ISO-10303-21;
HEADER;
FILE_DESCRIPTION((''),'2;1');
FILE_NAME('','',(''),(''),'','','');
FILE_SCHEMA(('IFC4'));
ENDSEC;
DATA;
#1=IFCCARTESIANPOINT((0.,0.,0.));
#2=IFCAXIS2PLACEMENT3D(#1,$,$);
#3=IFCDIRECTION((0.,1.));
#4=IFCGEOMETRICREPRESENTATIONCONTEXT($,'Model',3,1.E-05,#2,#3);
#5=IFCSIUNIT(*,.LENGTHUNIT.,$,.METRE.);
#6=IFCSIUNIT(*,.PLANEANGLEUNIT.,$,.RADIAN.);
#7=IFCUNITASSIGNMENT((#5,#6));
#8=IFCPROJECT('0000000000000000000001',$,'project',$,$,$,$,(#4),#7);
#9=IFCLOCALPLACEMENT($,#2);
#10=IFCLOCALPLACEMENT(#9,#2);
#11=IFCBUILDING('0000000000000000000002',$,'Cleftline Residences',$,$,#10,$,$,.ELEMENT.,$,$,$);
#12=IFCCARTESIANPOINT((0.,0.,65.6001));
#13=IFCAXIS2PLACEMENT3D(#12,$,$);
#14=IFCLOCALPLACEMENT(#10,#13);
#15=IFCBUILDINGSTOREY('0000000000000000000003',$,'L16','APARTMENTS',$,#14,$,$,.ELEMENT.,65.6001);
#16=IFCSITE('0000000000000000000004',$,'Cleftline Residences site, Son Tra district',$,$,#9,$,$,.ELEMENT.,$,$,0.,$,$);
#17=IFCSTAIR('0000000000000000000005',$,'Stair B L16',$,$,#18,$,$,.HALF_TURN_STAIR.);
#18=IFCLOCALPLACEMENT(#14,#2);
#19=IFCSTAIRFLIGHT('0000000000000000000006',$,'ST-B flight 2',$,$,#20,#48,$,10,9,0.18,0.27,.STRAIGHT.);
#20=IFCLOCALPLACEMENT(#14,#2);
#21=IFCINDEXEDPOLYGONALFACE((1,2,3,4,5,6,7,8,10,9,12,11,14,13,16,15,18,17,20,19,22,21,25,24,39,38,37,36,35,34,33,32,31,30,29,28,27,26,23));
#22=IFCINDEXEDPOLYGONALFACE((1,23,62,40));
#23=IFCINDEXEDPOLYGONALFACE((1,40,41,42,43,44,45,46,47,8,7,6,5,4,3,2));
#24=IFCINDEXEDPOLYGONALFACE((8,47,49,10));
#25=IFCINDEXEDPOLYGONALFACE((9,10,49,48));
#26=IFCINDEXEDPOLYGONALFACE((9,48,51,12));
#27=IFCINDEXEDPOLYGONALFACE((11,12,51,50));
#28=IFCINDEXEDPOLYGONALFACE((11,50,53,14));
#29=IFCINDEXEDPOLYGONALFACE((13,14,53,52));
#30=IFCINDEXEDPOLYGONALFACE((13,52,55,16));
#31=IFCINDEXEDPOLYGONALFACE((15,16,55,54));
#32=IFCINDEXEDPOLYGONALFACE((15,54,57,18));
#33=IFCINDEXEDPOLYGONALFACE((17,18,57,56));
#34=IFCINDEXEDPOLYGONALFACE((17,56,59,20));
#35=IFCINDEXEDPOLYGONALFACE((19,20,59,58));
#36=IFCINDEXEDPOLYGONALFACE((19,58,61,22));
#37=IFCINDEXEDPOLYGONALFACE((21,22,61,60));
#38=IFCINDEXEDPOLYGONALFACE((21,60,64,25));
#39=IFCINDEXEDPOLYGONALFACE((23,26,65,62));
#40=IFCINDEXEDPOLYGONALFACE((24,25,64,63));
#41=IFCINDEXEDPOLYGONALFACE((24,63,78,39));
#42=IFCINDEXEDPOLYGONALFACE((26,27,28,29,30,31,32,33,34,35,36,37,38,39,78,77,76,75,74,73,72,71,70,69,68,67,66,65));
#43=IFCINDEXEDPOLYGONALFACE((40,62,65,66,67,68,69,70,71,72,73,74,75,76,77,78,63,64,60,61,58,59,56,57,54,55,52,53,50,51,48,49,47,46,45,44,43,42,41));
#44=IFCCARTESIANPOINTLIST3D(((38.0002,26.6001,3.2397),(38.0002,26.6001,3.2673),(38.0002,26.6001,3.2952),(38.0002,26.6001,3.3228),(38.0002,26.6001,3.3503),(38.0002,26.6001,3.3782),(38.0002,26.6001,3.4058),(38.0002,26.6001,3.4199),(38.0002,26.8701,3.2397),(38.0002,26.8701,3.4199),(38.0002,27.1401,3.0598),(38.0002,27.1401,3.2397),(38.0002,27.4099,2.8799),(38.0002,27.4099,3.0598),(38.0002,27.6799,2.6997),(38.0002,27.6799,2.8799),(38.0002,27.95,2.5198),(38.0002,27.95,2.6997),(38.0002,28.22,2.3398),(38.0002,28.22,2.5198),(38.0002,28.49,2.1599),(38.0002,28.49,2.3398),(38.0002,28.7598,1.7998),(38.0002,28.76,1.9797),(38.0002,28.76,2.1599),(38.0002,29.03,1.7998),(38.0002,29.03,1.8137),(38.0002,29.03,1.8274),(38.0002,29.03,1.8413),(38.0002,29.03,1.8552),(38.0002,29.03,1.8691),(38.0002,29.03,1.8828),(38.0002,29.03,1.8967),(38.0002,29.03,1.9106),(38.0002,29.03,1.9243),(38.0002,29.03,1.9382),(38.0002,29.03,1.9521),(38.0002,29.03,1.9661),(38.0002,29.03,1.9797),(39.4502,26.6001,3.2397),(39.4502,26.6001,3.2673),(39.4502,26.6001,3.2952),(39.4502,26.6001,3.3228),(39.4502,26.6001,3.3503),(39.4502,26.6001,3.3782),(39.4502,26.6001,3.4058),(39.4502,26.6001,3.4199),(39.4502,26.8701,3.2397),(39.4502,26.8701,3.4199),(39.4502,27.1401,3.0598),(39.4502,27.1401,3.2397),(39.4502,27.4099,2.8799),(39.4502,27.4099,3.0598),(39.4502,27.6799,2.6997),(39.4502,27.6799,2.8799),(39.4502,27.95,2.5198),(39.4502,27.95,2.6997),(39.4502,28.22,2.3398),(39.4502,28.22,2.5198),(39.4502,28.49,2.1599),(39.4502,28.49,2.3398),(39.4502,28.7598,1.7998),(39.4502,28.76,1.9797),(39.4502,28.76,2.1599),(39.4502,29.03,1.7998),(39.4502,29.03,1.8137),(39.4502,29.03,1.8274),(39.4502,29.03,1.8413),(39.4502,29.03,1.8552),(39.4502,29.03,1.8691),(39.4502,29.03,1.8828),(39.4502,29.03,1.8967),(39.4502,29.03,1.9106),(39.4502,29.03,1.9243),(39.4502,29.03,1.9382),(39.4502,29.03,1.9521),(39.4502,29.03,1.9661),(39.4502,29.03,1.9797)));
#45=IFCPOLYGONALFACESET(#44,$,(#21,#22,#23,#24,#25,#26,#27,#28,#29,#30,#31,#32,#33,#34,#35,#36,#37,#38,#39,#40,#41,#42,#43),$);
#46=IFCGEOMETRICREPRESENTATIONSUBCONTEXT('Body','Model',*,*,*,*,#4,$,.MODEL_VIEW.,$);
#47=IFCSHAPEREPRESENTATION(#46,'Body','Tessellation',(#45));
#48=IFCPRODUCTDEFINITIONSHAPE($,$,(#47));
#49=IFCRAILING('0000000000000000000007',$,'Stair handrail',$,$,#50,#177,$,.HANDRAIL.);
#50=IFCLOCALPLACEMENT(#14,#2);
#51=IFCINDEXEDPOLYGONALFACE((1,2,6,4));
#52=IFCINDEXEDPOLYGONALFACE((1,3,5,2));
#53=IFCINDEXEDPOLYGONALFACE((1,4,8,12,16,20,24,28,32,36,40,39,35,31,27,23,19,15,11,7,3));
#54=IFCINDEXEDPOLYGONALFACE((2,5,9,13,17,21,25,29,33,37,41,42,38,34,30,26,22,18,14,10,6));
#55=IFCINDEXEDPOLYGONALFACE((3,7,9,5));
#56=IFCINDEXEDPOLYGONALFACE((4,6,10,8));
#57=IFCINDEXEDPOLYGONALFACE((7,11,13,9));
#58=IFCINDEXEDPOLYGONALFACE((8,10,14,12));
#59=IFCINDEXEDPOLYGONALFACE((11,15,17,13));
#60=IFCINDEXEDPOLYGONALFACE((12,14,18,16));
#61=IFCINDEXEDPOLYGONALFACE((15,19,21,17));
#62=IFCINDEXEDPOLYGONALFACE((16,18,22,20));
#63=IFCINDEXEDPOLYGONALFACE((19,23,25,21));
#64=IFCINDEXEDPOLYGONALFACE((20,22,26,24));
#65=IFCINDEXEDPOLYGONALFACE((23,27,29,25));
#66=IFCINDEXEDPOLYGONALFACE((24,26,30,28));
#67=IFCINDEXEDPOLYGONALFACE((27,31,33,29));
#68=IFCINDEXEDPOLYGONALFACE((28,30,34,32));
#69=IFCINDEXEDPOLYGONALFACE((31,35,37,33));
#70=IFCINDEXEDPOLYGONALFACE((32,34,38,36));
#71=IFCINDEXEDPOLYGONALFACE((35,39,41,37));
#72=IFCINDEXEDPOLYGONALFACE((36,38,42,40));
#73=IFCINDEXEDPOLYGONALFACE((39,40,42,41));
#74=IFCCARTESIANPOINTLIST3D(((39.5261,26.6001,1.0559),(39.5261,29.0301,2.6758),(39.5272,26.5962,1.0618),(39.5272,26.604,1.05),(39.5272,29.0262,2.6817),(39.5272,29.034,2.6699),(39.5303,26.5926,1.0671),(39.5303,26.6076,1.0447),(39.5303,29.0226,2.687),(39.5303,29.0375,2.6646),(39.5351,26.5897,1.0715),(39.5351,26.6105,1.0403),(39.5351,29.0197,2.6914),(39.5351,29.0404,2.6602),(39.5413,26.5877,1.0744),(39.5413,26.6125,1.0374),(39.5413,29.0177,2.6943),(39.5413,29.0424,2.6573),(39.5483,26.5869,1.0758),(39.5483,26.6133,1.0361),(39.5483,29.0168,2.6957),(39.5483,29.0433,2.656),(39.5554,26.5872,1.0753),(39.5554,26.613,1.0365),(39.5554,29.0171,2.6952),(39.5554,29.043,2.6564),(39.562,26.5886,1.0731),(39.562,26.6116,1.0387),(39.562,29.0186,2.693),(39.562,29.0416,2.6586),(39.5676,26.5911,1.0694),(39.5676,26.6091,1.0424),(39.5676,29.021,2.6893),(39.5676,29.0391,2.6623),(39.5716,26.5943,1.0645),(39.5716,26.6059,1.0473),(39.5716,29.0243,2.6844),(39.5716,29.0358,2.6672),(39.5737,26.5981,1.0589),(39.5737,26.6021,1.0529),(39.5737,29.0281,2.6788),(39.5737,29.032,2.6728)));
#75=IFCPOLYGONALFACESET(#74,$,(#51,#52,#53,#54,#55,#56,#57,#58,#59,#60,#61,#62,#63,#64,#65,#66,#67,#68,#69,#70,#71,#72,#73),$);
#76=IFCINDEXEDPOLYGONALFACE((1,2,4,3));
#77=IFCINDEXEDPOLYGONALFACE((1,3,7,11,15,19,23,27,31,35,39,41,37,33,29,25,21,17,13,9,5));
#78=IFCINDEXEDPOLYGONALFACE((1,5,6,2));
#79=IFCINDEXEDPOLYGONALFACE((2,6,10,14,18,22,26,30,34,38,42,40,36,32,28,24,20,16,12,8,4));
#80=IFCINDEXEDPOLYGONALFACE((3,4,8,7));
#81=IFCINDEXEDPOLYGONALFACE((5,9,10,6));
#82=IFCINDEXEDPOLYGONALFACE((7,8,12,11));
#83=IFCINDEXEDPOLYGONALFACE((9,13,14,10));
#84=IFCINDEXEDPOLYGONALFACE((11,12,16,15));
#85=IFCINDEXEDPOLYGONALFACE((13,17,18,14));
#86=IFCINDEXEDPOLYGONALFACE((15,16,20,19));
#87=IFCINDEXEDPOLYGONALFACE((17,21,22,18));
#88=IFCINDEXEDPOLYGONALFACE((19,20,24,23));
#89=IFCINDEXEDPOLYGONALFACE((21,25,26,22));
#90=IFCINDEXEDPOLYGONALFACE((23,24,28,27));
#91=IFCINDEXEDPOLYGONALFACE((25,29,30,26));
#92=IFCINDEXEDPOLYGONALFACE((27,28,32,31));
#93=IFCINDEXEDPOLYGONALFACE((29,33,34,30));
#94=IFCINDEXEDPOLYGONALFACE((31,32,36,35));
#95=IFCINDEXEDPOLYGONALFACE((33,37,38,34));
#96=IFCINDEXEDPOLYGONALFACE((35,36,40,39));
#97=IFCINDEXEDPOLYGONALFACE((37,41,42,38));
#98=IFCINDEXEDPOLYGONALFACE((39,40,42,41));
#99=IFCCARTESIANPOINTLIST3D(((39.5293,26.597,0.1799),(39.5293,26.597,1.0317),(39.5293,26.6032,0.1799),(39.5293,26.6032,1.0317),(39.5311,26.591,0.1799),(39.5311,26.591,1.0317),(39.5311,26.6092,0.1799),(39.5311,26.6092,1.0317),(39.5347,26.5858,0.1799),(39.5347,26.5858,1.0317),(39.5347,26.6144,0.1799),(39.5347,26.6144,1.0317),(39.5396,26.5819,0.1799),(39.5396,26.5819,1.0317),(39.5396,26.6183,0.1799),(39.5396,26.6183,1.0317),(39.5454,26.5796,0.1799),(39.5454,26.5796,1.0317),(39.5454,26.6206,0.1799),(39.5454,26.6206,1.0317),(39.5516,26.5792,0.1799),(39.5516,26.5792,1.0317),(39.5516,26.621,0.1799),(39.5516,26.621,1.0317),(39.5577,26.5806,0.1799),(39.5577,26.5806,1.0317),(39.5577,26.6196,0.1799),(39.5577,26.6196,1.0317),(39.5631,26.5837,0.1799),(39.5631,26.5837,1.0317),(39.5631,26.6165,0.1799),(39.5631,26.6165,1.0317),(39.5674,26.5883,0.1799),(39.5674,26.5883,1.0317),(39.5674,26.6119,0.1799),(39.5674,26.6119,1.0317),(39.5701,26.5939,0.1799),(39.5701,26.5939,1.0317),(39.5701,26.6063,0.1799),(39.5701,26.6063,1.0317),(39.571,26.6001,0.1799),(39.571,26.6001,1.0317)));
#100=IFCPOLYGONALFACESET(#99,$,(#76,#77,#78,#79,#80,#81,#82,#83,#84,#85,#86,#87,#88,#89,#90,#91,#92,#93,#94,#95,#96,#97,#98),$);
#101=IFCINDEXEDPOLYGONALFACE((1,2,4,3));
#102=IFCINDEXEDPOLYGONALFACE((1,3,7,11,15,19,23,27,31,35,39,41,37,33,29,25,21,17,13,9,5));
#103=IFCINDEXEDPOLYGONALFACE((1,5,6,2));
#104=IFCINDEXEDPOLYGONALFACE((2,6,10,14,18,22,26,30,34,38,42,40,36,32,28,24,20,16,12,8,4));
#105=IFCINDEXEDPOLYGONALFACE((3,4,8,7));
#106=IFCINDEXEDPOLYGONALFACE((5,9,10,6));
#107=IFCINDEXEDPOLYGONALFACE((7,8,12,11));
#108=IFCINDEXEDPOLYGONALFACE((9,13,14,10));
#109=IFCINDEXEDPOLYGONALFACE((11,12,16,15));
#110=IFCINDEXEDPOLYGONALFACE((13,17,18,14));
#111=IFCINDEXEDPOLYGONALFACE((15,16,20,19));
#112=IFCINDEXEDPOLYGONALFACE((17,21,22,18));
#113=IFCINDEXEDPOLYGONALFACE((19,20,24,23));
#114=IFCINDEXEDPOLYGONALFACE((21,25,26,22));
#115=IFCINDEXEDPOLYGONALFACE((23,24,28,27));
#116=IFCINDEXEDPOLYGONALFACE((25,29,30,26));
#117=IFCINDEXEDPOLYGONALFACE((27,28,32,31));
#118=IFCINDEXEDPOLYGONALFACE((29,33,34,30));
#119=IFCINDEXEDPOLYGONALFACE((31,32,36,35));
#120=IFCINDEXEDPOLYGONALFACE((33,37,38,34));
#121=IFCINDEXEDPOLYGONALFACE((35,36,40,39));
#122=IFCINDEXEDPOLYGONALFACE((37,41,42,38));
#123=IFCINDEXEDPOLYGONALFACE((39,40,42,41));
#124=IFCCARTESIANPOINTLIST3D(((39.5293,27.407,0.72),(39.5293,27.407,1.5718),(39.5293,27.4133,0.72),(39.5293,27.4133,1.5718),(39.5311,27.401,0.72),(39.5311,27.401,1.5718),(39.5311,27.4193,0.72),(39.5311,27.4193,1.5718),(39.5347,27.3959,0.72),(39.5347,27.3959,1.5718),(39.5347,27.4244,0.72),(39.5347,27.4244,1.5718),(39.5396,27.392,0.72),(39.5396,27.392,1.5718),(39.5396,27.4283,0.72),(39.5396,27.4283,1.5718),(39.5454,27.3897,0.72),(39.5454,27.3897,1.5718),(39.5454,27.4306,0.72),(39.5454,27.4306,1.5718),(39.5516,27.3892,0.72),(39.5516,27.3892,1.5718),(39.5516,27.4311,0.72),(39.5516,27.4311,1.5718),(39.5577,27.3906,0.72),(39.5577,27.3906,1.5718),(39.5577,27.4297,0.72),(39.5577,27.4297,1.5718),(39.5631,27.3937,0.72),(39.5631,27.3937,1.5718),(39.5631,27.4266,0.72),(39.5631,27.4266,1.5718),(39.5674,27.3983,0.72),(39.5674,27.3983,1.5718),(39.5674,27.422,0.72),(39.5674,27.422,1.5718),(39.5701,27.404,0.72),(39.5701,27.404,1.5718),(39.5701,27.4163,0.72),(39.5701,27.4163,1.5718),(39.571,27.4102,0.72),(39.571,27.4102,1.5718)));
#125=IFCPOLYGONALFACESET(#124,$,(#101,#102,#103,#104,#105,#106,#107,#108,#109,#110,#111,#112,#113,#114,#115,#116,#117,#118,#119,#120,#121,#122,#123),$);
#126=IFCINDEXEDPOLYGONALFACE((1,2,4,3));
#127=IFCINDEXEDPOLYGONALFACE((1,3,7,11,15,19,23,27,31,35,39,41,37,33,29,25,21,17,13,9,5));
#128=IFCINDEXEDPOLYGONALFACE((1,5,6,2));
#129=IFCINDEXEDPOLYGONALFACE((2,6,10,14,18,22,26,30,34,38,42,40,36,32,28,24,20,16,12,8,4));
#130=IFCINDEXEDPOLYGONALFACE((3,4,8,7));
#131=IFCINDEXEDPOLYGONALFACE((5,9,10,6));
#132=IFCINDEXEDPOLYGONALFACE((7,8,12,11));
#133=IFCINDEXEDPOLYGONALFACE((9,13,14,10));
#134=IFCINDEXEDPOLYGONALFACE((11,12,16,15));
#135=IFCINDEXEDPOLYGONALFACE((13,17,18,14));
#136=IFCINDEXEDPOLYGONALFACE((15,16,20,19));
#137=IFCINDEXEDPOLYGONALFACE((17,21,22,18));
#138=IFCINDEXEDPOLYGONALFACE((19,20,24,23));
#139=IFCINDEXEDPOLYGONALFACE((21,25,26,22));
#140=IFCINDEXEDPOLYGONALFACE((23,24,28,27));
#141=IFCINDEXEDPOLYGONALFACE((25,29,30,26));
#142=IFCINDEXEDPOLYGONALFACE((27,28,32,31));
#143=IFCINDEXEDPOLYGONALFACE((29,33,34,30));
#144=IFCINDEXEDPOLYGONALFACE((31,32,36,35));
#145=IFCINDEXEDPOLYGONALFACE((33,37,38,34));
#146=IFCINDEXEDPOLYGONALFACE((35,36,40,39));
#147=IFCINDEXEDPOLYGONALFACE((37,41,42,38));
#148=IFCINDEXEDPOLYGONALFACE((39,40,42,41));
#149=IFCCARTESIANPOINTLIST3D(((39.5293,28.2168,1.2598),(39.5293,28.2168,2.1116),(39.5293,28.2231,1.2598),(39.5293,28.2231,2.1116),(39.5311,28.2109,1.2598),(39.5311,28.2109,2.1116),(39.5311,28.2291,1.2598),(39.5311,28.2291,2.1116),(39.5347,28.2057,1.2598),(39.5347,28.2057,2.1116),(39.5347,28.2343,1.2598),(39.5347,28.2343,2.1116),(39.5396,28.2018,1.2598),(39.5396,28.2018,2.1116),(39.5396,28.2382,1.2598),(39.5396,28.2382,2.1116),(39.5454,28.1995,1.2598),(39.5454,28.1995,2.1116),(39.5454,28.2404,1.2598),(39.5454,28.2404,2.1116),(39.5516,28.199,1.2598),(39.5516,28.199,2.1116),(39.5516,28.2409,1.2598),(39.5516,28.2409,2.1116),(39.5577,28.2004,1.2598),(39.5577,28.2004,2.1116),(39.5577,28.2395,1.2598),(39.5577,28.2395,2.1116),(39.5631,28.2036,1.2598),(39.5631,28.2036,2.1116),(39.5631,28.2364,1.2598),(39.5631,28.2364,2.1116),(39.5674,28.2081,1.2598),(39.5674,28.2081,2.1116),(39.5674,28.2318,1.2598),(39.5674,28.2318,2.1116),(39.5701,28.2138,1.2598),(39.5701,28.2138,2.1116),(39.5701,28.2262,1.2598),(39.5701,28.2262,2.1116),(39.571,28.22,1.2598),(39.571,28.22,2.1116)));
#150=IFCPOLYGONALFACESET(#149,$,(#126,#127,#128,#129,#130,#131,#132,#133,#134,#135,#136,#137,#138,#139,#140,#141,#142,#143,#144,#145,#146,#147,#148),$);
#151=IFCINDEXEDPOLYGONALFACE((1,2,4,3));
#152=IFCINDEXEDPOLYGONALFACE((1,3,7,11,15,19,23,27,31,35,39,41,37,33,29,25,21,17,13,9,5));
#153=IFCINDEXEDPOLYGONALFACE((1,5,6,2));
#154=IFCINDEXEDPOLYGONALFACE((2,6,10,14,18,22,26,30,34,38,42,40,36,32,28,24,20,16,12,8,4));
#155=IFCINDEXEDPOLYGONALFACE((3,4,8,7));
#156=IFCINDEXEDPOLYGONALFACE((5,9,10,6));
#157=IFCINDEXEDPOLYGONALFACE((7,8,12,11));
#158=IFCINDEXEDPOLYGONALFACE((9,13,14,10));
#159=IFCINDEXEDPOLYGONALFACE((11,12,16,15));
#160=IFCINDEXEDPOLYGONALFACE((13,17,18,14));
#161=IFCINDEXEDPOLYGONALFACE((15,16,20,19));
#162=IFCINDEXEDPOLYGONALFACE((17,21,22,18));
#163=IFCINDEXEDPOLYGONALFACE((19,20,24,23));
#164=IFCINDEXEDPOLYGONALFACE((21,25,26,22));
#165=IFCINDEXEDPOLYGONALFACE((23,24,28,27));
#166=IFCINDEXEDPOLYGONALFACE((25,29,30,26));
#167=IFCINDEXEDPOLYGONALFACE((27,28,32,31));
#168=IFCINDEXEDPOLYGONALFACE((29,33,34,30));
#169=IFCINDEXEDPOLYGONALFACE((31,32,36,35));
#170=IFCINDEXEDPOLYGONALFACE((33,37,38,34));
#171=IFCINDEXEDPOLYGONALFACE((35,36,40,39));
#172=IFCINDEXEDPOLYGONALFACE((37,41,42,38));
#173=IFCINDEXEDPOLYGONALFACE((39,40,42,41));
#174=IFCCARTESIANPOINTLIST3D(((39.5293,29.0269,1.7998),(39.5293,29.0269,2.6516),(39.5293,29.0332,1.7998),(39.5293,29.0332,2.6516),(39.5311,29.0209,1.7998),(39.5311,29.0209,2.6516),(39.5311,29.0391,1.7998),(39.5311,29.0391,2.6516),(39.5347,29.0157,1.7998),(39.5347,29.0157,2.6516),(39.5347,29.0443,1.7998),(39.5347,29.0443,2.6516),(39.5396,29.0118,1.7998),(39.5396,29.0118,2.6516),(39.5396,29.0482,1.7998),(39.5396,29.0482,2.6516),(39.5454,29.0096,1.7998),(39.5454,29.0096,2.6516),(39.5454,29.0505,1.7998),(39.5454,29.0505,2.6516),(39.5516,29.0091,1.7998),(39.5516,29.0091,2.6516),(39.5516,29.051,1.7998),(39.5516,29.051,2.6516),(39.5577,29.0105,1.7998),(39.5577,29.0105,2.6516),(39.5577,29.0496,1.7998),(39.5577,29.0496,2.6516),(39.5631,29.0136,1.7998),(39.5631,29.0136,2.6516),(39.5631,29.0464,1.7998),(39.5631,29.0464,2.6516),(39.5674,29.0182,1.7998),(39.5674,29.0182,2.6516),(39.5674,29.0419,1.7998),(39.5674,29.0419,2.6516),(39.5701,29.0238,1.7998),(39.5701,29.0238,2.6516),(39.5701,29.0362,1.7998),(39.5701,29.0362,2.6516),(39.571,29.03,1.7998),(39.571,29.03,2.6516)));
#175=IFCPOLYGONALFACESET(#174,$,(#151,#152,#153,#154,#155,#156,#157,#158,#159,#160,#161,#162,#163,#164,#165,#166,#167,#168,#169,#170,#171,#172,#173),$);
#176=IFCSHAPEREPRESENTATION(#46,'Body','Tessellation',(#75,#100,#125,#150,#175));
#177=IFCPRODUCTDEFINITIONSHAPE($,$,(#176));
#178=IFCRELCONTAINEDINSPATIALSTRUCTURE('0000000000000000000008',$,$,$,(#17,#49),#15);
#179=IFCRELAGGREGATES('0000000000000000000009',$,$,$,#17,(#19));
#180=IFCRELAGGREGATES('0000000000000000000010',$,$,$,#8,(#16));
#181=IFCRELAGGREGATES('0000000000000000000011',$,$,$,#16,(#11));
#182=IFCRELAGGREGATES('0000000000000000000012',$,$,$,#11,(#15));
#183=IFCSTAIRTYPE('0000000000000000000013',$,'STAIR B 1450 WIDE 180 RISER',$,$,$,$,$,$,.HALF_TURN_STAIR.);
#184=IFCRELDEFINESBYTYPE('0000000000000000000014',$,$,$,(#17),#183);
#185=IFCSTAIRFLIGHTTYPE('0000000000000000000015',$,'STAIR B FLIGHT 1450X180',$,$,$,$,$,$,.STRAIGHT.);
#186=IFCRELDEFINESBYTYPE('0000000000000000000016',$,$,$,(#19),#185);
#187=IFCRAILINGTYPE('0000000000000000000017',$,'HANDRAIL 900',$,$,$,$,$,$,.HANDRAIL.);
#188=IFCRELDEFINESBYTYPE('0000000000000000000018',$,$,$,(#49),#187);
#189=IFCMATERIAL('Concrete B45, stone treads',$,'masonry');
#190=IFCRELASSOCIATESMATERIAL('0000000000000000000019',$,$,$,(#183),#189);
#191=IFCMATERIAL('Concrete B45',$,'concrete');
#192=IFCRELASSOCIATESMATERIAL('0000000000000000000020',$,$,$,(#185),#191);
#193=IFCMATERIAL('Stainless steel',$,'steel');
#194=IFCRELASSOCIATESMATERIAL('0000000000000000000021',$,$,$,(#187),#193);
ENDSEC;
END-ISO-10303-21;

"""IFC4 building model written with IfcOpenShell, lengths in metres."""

from ifc_helpers import new_model, si_unit, direction, frame, origin, origin_2d, place, context, subcontext, project, spatial, polyline, circle, outline, extrude, material, type_object, element, aggregate, save


model = new_model("IFC4")

# Units and contexts
model_context = context("Model", 3, precision=1e-05, world=origin(), true_north=direction((0.0, 1.0)))
body_context = subcontext(model_context, "Body", "Model", "MODEL_VIEW")
ifc_project = project(units=[si_unit("LENGTHUNIT", "METRE"), si_unit("PLANEANGLEUNIT", "RADIAN")], contexts=[model_context])

# Site, building, storey
site_placement = place(None, origin())
site = spatial("IfcSite", under=ifc_project, at=site_placement, Name="Cleftline Residences site, Son Tra district", CompositionType="ELEMENT", RefElevation=0.0)
building_placement = place(site_placement, origin())
building = spatial("IfcBuilding", under=site, at=building_placement, Name="Cleftline Residences", CompositionType="ELEMENT")
storey_placement = place(building_placement, frame((0.0, 0.0, 65.6001)))
storey = spatial("IfcBuildingStorey", under=building, at=storey_placement, Name="L16", Description="APARTMENTS", CompositionType="ELEMENT", Elevation=65.6001)

# Stair, stair flight
ifc_material_1 = material(Name="Concrete B45, stone treads", Category="masonry")
stair_type = type_object("IfcStairType", Name="STAIR B 1450 WIDE 180 RISER", PredefinedType="HALF_TURN_STAIR", material=ifc_material_1)
stair_placement = place(storey_placement, origin())
stair = element("IfcStair", 1, at=stair_placement, inside=storey, type_object=stair_type, Name="Stair B L16", PredefinedType="HALF_TURN_STAIR")
ifc_material_2 = material(Name="Concrete B45", Category="concrete")
stair_flight_type = type_object("IfcStairFlightType", Name="STAIR B FLIGHT 1450X180", PredefinedType="STRAIGHT", material=ifc_material_2)
stair_flight_1_placement = place(storey_placement, frame((38.7251, 29.03, 1.7998), z_axis=(0.0, 0.0, 1.0), x_axis=(0.0, -1.0, 0.0)))
stair_flight_1 = element("IfcStairFlight", 2, at=stair_flight_1_placement, type_object=stair_flight_type, Name="ST-B flight 2", NumberOfRisers=10, NumberOfTreads=9, PredefinedType="STRAIGHT", RiserHeight=0.18, TreadLength=0.27, context=body_context, shape_type="SweptSolid", body=[
    extrude(outline(polyline([(0.0, 0.0), (0.0, 0.0139), (0.0, 0.0276), (0.0, 0.0415), (0.0, 0.0554), (0.0, 0.0693), (0.0, 0.083), (0.0, 0.0969), (0.0, 0.1108), (0.0, 0.1245), (0.0, 0.1384), (0.0, 0.1523), (0.0, 0.1663), (0.0, 0.1799), (0.27, 0.1799), (0.27, 0.3601), (0.54, 0.3601), (0.54, 0.54), (0.8101, 0.54), (0.8101, 0.72), (1.0801, 0.72), (1.0801, 0.8999), (1.3501, 0.8999), (1.3501, 1.0801), (1.6201, 1.0801), (1.6201, 1.26), (1.8899, 1.26), (1.8899, 1.4399), (2.1599, 1.4399), (2.1599, 1.6201), (2.4299, 1.6201), (2.4299, 1.8), (2.4299, 1.7722), (2.4299, 1.7446), (2.4299, 1.7168), (2.4299, 1.6892), (2.4299, 1.6614), (2.4299, 1.6338), (2.4299, 1.606), (2.4299, 1.5784), (2.4299, 1.5505), (2.4299, 1.5229), (2.4299, 1.4954), (2.4299, 1.4675), (2.4299, 1.4399), (0.2703, 0.0), (0.0, 0.0)])), frame((0.0, 0.7251, 0.0), z_axis=(0.0, -1.0, 0.0), x_axis=(1.0, 0.0, 0.0)), (0.0, 0.0, 1.0), 1.45),
])
aggregate(stair, [stair_flight_1])

# Railing
ifc_material_3 = material(Name="Stainless steel", Category="steel")
railing_type = type_object("IfcRailingType", Name="HANDRAIL 900", PredefinedType="HANDRAIL", material=ifc_material_3)
railing_1_placement = place(storey_placement, frame((39.55, 26.6001, 0.1799)))
element("IfcRailing", 3, at=railing_1_placement, inside=storey, type_object=railing_type, Name="Stair handrail", PredefinedType="HANDRAIL", context=body_context, shape_type="SweptSolid", body=[
    extrude(circle(Radius=0.0239, at=origin_2d()), frame((0.0, 0.0, 0.876), z_axis=(0.0, 0.832063, 0.554681), x_axis=(-1.0, 0.0, 0.0)), (0.0, 0.0, 1.0), 2.9204),
    extrude(circle(Radius=0.021, at=origin_2d()), origin(), (0.0, 0.0, 1.0), 0.8518),
    extrude(circle(Radius=0.021, at=origin_2d()), frame((0.0, 0.8101, 0.54)), (0.0, 0.0, 1.0), 0.8518),
    extrude(circle(Radius=0.021, at=origin_2d()), frame((0.0, 1.6199, 1.0798)), (0.0, 0.0, 1.0), 0.8518),
    extrude(circle(Radius=0.021, at=origin_2d()), frame((0.0, 2.4299, 1.6199)), (0.0, 0.0, 1.0), 0.8518),
])

save(model, "model.ifc")
